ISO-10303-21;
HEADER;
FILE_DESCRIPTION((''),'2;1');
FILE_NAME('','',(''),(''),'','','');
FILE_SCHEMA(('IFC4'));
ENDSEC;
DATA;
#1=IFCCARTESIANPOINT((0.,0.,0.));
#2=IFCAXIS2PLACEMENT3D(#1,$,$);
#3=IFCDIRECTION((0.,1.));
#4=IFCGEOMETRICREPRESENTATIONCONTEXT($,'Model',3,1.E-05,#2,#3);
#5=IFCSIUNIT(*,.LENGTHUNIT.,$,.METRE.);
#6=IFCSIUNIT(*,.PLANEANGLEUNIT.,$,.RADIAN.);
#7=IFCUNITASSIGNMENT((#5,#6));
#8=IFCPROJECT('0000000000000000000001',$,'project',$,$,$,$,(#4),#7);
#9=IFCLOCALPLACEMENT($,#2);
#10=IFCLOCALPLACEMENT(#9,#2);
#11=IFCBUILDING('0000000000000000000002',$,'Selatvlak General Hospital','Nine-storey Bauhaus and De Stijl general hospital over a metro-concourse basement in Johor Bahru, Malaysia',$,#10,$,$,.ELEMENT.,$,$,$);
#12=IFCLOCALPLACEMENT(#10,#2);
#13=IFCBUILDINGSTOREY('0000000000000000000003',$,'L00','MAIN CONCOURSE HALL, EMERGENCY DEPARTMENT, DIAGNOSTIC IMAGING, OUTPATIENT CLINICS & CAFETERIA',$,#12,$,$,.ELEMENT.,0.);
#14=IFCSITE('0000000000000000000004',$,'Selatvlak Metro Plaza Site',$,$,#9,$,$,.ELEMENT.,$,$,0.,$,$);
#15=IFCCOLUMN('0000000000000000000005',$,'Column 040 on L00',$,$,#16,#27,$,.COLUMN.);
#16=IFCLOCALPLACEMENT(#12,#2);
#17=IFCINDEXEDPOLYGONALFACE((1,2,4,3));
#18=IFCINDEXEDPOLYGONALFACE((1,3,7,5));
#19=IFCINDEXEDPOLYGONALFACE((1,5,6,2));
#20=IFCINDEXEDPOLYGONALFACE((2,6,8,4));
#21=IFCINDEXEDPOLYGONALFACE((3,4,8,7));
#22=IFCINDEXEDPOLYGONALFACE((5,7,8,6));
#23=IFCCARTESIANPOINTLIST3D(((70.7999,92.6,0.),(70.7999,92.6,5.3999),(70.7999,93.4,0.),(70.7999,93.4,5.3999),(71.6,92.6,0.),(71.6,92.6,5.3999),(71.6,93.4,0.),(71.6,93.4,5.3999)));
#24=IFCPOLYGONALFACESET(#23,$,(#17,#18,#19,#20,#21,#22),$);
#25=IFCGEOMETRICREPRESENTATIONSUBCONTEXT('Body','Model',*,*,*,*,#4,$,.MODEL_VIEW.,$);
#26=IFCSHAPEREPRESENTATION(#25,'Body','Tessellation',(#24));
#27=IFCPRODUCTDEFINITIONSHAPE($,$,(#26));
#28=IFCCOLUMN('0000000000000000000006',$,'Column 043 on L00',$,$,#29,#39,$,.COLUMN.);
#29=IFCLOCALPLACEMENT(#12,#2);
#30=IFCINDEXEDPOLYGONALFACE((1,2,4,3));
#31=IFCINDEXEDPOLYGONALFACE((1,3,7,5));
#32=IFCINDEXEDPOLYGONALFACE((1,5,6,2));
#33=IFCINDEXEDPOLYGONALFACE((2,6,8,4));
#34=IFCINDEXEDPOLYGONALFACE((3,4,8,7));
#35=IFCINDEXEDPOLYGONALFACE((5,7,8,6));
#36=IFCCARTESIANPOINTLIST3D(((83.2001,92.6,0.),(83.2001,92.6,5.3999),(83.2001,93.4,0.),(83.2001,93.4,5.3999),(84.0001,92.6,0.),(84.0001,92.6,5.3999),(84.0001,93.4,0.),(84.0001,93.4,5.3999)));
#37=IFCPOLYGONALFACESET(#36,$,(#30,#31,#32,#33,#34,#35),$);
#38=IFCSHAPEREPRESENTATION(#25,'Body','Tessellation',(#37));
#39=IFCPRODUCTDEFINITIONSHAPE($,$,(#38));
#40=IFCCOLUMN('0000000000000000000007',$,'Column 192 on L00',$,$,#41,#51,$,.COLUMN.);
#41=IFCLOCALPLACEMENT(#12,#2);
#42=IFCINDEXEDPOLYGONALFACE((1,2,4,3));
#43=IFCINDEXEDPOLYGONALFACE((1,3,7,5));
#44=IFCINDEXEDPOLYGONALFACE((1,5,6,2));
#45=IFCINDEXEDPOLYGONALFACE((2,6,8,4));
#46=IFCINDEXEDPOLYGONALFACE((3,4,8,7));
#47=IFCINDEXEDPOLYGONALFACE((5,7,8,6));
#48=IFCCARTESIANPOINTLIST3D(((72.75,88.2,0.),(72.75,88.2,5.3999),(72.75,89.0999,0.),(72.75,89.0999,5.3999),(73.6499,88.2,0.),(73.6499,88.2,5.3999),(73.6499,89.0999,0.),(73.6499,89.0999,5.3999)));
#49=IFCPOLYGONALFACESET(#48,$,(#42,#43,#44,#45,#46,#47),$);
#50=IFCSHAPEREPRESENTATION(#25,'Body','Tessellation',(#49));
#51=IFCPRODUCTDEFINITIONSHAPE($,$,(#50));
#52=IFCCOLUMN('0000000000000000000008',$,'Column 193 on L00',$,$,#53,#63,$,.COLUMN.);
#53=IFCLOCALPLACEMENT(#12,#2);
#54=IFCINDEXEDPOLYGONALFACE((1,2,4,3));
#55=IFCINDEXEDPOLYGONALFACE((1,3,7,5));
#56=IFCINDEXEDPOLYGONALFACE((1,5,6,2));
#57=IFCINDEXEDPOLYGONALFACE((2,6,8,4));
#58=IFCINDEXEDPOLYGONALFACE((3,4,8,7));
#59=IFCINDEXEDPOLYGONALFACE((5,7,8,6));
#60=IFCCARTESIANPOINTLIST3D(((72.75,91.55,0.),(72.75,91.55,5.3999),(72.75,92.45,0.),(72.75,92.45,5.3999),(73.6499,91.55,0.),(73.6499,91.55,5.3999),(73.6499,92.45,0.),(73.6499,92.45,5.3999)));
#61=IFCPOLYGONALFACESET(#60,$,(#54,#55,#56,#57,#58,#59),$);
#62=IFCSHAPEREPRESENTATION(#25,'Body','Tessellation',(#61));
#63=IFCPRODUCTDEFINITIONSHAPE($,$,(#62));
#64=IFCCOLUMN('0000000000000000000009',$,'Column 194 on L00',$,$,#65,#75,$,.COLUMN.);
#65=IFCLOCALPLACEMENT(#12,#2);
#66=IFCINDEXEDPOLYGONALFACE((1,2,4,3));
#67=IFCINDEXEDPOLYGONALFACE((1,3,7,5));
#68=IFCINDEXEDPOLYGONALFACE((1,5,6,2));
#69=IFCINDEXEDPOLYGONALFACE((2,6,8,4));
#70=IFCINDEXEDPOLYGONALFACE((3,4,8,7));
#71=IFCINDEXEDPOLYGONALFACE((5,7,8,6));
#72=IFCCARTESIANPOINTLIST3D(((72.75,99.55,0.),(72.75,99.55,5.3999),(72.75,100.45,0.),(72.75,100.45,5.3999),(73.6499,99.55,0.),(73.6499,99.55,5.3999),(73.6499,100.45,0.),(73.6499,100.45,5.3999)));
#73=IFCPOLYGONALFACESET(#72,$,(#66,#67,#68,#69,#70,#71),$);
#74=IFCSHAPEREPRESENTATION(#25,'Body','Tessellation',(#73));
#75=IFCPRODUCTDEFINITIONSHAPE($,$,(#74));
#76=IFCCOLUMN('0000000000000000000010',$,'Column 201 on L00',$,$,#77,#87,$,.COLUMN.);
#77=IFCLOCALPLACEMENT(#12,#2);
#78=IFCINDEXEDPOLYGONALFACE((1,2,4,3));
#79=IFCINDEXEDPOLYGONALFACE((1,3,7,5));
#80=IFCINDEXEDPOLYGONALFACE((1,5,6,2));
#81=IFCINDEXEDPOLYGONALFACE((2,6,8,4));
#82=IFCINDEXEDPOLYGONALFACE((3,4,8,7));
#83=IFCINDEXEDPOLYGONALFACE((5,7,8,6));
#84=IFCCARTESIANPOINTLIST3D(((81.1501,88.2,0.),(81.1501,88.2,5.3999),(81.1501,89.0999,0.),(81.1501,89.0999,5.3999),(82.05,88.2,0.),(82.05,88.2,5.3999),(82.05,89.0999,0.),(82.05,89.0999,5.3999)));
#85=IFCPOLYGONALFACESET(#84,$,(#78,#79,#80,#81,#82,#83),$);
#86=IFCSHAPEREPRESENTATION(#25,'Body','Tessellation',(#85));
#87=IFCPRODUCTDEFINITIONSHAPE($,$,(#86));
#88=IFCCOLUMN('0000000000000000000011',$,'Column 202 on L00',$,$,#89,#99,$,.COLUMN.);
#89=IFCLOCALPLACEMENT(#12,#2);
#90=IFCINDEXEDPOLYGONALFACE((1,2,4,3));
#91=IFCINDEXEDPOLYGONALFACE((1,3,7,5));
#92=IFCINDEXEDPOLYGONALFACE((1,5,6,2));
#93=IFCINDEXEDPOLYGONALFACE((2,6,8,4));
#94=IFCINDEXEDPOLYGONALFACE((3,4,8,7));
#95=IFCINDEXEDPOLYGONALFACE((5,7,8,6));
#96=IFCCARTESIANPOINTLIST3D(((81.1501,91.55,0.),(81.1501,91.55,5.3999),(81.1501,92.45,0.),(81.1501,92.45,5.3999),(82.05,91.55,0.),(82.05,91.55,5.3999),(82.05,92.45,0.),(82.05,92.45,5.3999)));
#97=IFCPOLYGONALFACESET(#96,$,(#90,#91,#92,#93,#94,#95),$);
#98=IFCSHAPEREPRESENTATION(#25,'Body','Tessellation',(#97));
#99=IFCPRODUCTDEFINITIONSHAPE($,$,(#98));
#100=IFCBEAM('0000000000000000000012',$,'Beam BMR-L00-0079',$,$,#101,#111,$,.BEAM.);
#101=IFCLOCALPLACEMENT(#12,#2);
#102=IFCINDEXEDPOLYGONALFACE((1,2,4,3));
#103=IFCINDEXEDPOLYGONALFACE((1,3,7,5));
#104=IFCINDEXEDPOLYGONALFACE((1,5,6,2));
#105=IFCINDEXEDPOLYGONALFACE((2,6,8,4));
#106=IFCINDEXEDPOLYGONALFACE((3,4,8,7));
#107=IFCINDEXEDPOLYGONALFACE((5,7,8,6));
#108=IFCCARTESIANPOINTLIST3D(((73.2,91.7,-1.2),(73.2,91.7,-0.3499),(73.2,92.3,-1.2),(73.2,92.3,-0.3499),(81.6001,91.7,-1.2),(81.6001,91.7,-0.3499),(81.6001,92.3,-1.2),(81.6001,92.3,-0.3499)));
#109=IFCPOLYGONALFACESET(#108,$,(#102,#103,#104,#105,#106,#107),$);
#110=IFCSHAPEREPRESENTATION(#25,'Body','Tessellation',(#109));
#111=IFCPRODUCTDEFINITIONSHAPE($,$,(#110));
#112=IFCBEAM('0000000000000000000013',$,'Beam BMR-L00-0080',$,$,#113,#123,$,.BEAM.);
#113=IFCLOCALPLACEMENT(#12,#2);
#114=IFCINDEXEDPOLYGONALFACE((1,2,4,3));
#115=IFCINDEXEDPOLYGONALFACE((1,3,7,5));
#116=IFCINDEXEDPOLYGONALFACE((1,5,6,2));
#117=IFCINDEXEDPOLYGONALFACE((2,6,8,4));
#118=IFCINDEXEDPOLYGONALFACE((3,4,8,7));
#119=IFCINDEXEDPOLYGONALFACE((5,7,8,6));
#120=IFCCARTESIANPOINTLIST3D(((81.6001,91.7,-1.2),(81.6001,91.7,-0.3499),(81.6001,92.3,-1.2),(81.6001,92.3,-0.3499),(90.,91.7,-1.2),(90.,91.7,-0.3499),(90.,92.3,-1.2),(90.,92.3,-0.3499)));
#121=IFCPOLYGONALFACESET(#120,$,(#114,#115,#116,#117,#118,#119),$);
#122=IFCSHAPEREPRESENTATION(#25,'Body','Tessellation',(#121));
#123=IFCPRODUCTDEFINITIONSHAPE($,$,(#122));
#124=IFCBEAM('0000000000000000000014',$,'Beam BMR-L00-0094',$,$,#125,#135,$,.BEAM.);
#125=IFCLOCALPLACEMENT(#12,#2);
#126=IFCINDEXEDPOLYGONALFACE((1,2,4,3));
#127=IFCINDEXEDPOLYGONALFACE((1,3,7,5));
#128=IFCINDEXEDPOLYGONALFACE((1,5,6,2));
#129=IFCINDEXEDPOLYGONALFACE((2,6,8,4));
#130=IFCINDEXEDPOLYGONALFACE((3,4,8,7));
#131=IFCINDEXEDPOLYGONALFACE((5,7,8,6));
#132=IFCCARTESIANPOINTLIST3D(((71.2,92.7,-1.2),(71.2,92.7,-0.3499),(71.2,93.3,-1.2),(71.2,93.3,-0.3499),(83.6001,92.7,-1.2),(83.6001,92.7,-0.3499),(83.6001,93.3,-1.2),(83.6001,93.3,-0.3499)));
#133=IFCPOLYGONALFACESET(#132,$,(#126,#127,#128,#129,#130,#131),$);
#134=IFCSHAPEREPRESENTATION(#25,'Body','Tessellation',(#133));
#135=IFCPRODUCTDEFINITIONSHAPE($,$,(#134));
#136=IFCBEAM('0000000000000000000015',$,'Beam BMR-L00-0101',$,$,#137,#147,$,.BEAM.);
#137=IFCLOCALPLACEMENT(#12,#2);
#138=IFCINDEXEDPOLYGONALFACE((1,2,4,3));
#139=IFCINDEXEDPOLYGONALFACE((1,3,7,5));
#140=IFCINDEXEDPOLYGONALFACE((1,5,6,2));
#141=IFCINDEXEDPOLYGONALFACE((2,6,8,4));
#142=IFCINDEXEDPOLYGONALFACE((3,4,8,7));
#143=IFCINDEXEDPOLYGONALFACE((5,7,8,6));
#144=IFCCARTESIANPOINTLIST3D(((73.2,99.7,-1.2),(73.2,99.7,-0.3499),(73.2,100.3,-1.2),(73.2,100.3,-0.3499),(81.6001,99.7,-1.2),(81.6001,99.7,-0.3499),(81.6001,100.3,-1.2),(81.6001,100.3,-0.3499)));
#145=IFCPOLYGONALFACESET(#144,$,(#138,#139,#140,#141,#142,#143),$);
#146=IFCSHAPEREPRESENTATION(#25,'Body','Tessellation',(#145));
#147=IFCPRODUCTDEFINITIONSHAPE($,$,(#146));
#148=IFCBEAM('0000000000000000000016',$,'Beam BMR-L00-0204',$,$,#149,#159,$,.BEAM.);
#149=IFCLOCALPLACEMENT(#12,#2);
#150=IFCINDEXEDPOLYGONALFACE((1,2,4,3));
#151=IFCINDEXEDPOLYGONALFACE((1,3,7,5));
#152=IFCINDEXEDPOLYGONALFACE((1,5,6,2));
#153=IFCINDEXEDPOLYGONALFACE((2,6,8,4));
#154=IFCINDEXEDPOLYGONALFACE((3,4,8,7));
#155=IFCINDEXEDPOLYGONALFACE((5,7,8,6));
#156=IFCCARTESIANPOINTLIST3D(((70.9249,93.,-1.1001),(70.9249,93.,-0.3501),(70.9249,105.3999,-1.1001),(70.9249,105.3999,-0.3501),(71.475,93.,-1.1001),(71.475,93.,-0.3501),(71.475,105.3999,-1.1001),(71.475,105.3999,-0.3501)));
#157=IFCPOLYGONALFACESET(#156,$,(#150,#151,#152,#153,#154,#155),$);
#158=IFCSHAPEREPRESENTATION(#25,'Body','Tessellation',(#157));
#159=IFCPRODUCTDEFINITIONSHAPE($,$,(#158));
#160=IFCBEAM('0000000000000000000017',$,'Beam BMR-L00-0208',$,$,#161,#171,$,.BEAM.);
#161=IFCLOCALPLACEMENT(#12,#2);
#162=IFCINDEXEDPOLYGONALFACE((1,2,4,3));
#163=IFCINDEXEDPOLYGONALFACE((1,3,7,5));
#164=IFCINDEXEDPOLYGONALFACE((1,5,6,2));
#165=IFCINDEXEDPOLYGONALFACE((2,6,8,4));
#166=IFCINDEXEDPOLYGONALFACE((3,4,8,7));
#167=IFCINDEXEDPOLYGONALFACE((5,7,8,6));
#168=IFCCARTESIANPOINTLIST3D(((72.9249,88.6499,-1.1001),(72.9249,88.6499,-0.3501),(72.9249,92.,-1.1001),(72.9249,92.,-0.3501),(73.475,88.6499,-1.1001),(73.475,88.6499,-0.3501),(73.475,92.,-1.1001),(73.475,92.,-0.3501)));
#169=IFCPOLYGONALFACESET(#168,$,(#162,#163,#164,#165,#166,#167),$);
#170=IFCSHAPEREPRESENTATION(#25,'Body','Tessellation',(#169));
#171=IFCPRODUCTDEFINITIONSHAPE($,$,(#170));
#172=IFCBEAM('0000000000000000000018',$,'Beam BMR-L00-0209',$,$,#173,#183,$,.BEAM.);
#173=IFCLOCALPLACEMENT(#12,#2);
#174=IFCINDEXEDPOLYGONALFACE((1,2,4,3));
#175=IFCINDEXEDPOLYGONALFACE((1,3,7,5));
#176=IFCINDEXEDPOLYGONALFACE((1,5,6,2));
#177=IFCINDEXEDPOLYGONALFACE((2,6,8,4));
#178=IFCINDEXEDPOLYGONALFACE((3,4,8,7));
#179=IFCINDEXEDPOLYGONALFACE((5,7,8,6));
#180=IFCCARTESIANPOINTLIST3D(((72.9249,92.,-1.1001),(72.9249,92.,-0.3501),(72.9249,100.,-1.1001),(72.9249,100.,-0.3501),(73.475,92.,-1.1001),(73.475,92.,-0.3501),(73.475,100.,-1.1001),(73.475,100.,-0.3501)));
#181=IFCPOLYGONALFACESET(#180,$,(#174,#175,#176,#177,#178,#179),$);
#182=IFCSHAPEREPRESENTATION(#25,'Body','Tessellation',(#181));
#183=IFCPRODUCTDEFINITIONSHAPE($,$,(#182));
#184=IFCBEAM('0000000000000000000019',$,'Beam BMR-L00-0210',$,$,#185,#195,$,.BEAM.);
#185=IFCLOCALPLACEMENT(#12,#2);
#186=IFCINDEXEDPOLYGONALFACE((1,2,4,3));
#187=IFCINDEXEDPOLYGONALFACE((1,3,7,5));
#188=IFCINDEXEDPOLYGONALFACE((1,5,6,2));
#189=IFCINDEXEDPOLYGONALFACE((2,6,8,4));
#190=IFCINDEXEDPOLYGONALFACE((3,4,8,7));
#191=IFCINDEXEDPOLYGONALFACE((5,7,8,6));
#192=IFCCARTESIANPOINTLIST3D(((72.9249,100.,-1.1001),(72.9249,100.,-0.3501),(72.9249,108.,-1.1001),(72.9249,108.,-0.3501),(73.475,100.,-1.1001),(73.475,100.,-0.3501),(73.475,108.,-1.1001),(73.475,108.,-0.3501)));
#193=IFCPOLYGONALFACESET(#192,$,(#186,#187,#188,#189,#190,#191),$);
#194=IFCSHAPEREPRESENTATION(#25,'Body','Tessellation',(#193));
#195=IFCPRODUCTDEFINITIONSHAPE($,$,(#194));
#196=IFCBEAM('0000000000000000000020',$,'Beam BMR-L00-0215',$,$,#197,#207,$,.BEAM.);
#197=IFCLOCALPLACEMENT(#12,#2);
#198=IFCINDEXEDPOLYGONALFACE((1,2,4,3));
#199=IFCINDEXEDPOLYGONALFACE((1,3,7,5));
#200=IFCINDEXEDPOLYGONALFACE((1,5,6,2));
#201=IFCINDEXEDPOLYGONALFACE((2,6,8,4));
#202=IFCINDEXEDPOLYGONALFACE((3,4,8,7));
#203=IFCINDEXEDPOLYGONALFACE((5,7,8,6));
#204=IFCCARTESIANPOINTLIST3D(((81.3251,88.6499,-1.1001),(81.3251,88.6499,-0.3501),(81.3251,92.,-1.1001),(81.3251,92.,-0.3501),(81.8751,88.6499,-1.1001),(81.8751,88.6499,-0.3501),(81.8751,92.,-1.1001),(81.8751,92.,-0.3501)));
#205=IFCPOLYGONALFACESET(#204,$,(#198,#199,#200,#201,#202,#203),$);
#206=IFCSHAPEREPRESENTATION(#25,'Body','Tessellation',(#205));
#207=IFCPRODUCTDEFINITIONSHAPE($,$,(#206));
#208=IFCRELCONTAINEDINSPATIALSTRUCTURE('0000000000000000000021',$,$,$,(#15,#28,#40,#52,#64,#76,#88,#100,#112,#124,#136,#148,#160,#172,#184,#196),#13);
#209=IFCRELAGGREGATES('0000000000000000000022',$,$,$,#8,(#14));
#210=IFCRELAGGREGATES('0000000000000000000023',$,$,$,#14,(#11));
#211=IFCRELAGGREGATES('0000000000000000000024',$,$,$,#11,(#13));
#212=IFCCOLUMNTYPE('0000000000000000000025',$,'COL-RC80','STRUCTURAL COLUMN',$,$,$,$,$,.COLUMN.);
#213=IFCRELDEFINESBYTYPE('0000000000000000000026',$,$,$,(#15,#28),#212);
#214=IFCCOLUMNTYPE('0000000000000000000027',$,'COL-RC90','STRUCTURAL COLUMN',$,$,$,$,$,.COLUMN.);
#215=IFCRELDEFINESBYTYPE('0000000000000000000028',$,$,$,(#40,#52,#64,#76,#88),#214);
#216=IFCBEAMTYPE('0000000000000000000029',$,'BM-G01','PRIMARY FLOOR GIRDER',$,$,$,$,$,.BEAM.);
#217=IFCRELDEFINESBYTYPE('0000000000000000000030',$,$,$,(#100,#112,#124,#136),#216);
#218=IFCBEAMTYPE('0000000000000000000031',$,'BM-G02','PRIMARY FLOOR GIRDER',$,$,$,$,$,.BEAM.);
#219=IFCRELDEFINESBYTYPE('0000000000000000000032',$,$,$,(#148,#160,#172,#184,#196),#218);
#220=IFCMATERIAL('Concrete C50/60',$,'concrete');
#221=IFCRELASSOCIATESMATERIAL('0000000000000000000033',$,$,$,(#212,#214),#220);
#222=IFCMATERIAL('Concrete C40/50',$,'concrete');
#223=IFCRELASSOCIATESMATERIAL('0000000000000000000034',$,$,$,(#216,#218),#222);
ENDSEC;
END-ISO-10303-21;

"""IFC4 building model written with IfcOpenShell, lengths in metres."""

from ifc_helpers import new_model, si_unit, direction, frame, origin, origin_2d, place, context, subcontext, project, spatial, rectangle, extrude, material, material_profile, profile_set, type_object, element, save


model = new_model("IFC4")

# Units and contexts
model_context = context("Model", 3, precision=1e-05, world=origin(), true_north=direction((0.0, 1.0)))
body_context = subcontext(model_context, "Body", "Model", "MODEL_VIEW")
ifc_project = project(units=[si_unit("LENGTHUNIT", "METRE"), si_unit("PLANEANGLEUNIT", "RADIAN")], contexts=[model_context])

# Site, building, storey
site_placement = place(None, origin())
site = spatial("IfcSite", under=ifc_project, at=site_placement, Name="Selatvlak Metro Plaza Site", CompositionType="ELEMENT", RefElevation=0.0)
building_placement = place(site_placement, origin())
building = spatial("IfcBuilding", under=site, at=building_placement, Name="Selatvlak General Hospital", Description="Nine-storey Bauhaus and De Stijl general hospital over a metro-concourse basement in Johor Bahru, Malaysia", CompositionType="ELEMENT")
storey_placement = place(building_placement, origin())
storey = spatial("IfcBuildingStorey", under=building, at=storey_placement, Name="L00", Description="MAIN CONCOURSE HALL, EMERGENCY DEPARTMENT, DIAGNOSTIC IMAGING, OUTPATIENT CLINICS & CAFETERIA", CompositionType="ELEMENT", Elevation=0.0)

# Columns
ifc_material_1 = material(Name="Concrete C50/60", Category="concrete")
ifc_material_profile_1 = material_profile(ifc_material_1, rectangle(XDim=0.8, YDim=0.8, at=origin_2d()), Name="RC-COL 800x800")
ifc_profile_set_1 = profile_set([ifc_material_profile_1], Name="Concrete C50/60")
column_type_1 = type_object("IfcColumnType", Name="COL-RC80", Description="STRUCTURAL COLUMN", PredefinedType="COLUMN", material=ifc_profile_set_1)
for number, where, z_axis, x_axis, name in (
    (1, (71.2, 93.0, 0.0), (0.0, 0.0, 1.0), (1.0, 0.0, 0.0), "Column 040 on L00"),
    (2, (83.6001, 93.0, 0.0), (0.0, 0.0, 1.0), (1.0, 0.0, 0.0), "Column 043 on L00"),
):
    element("IfcColumn", number, at=place(storey_placement, frame(where, z_axis=z_axis, x_axis=x_axis)), inside=storey, type_object=column_type_1, Name=name, PredefinedType="COLUMN", context=body_context, shape_type="SweptSolid", body=[
        extrude(rectangle(XDim=0.8, YDim=0.8, at=origin_2d()), origin(), (0.0, 0.0, 1.0), 5.3999),
    ])
ifc_material_profile_2 = material_profile(ifc_material_1, rectangle(XDim=0.8999, YDim=0.8999, at=origin_2d()), Name="RC-COL 900x900")
ifc_profile_set_2 = profile_set([ifc_material_profile_2], Name="Concrete C50/60")
column_type_2 = type_object("IfcColumnType", Name="COL-RC90", Description="STRUCTURAL COLUMN", PredefinedType="COLUMN", material=ifc_profile_set_2)
for number, where, z_axis, x_axis, name in (
    (3, (73.2, 88.6499, 0.0), (0.0, 0.0, 1.0), (1.0, 0.0, 0.0), "Column 192 on L00"),
    (4, (73.2, 92.0, 0.0), (0.0, 0.0, 1.0), (1.0, 0.0, 0.0), "Column 193 on L00"),
    (5, (73.2, 100.0, 0.0), (0.0, 0.0, 1.0), (1.0, 0.0, 0.0), "Column 194 on L00"),
    (6, (81.6001, 88.6499, 0.0), (0.0, 0.0, 1.0), (1.0, 0.0, 0.0), "Column 201 on L00"),
    (7, (81.6001, 92.0, 0.0), (0.0, 0.0, 1.0), (1.0, 0.0, 0.0), "Column 202 on L00"),
):
    element("IfcColumn", number, at=place(storey_placement, frame(where, z_axis=z_axis, x_axis=x_axis)), inside=storey, type_object=column_type_2, Name=name, PredefinedType="COLUMN", context=body_context, shape_type="SweptSolid", body=[
        extrude(rectangle(XDim=0.8999, YDim=0.8999, at=origin_2d()), origin(), (0.0, 0.0, 1.0), 5.3999),
    ])

# Beams
ifc_material_2 = material(Name="Concrete C40/50", Category="concrete")
ifc_material_profile_3 = material_profile(ifc_material_2, rectangle(XDim=0.6001, YDim=0.8501, at=origin_2d()), Name="RC-BM 600x850")
ifc_profile_set_3 = profile_set([ifc_material_profile_3], Name="Concrete C40/50")
beam_type_1 = type_object("IfcBeamType", Name="BM-G01", Description="PRIMARY FLOOR GIRDER", PredefinedType="BEAM", material=ifc_profile_set_3)
beam_1_placement = place(storey_placement, frame((73.2, 92.0, -0.7749), z_axis=(1.0, 0.0, 0.0), x_axis=(0.0, 1.0, 0.0)))
element("IfcBeam", 8, at=beam_1_placement, inside=storey, type_object=beam_type_1, Name="Beam BMR-L00-0079", PredefinedType="BEAM", context=body_context, shape_type="SweptSolid", body=[
    extrude(rectangle(XDim=0.6001, YDim=0.8501, at=origin_2d()), origin(), (0.0, 0.0, 1.0), 8.4001),
])
beam_2_placement = place(storey_placement, frame((81.6001, 92.0, -0.7749), z_axis=(1.0, 0.0, 0.0), x_axis=(0.0, 1.0, 0.0)))
element("IfcBeam", 9, at=beam_2_placement, inside=storey, type_object=beam_type_1, Name="Beam BMR-L00-0080", PredefinedType="BEAM", context=body_context, shape_type="SweptSolid", body=[
    extrude(rectangle(XDim=0.6001, YDim=0.8501, at=origin_2d()), origin(), (0.0, 0.0, 1.0), 8.3999),
])
beam_3_placement = place(storey_placement, frame((71.2, 93.0, -0.7749), z_axis=(1.0, 0.0, 0.0), x_axis=(0.0, 1.0, 0.0)))
element("IfcBeam", 10, at=beam_3_placement, inside=storey, type_object=beam_type_1, Name="Beam BMR-L00-0094", PredefinedType="BEAM", context=body_context, shape_type="SweptSolid", body=[
    extrude(rectangle(XDim=0.6001, YDim=0.8501, at=origin_2d()), origin(), (0.0, 0.0, 1.0), 12.4001),
])
beam_4_placement = place(storey_placement, frame((73.2, 100.0, -0.7749), z_axis=(1.0, 0.0, 0.0), x_axis=(0.0, 1.0, 0.0)))
element("IfcBeam", 11, at=beam_4_placement, inside=storey, type_object=beam_type_1, Name="Beam BMR-L00-0101", PredefinedType="BEAM", context=body_context, shape_type="SweptSolid", body=[
    extrude(rectangle(XDim=0.6001, YDim=0.8501, at=origin_2d()), origin(), (0.0, 0.0, 1.0), 8.4001),
])
ifc_material_profile_4 = material_profile(ifc_material_2, rectangle(XDim=0.55, YDim=0.75, at=origin_2d()), Name="RC-BM 550x750")
ifc_profile_set_4 = profile_set([ifc_material_profile_4], Name="Concrete C40/50")
beam_type_2 = type_object("IfcBeamType", Name="BM-G02", Description="PRIMARY FLOOR GIRDER", PredefinedType="BEAM", material=ifc_profile_set_4)
beam_5_placement = place(storey_placement, frame((71.2, 93.0, -0.7251), z_axis=(0.0, 1.0, 0.0), x_axis=(-1.0, 0.0, 0.0)))
element("IfcBeam", 12, at=beam_5_placement, inside=storey, type_object=beam_type_2, Name="Beam BMR-L00-0204", PredefinedType="BEAM", context=body_context, shape_type="SweptSolid", body=[
    extrude(rectangle(XDim=0.55, YDim=0.75, at=origin_2d()), origin(), (0.0, 0.0, 1.0), 12.3999),
])
beam_6_placement = place(storey_placement, frame((73.2, 88.6499, -0.7251), z_axis=(0.0, 1.0, 0.0), x_axis=(-1.0, 0.0, 0.0)))
element("IfcBeam", 13, at=beam_6_placement, inside=storey, type_object=beam_type_2, Name="Beam BMR-L00-0208", PredefinedType="BEAM", context=body_context, shape_type="SweptSolid", body=[
    extrude(rectangle(XDim=0.55, YDim=0.75, at=origin_2d()), origin(), (0.0, 0.0, 1.0), 3.3501),
])
for number, where, z_axis, x_axis, name in (
    (14, (73.2, 92.0, -0.7251), (0.0, 1.0, 0.0), (-1.0, 0.0, 0.0), "Beam BMR-L00-0209"),
    (15, (73.2, 100.0, -0.7251), (0.0, 1.0, 0.0), (-1.0, 0.0, 0.0), "Beam BMR-L00-0210"),
):
    element("IfcBeam", number, at=place(storey_placement, frame(where, z_axis=z_axis, x_axis=x_axis)), inside=storey, type_object=beam_type_2, Name=name, PredefinedType="BEAM", context=body_context, shape_type="SweptSolid", body=[
        extrude(rectangle(XDim=0.55, YDim=0.75, at=origin_2d()), origin(), (0.0, 0.0, 1.0), 8.0),
    ])
beam_7_placement = place(storey_placement, frame((81.6001, 88.6499, -0.7251), z_axis=(0.0, 1.0, 0.0), x_axis=(-1.0, 0.0, 0.0)))
element("IfcBeam", 16, at=beam_7_placement, inside=storey, type_object=beam_type_2, Name="Beam BMR-L00-0215", PredefinedType="BEAM", context=body_context, shape_type="SweptSolid", body=[
    extrude(rectangle(XDim=0.55, YDim=0.75, at=origin_2d()), origin(), (0.0, 0.0, 1.0), 3.3501),
])

save(model, "model.ifc")
